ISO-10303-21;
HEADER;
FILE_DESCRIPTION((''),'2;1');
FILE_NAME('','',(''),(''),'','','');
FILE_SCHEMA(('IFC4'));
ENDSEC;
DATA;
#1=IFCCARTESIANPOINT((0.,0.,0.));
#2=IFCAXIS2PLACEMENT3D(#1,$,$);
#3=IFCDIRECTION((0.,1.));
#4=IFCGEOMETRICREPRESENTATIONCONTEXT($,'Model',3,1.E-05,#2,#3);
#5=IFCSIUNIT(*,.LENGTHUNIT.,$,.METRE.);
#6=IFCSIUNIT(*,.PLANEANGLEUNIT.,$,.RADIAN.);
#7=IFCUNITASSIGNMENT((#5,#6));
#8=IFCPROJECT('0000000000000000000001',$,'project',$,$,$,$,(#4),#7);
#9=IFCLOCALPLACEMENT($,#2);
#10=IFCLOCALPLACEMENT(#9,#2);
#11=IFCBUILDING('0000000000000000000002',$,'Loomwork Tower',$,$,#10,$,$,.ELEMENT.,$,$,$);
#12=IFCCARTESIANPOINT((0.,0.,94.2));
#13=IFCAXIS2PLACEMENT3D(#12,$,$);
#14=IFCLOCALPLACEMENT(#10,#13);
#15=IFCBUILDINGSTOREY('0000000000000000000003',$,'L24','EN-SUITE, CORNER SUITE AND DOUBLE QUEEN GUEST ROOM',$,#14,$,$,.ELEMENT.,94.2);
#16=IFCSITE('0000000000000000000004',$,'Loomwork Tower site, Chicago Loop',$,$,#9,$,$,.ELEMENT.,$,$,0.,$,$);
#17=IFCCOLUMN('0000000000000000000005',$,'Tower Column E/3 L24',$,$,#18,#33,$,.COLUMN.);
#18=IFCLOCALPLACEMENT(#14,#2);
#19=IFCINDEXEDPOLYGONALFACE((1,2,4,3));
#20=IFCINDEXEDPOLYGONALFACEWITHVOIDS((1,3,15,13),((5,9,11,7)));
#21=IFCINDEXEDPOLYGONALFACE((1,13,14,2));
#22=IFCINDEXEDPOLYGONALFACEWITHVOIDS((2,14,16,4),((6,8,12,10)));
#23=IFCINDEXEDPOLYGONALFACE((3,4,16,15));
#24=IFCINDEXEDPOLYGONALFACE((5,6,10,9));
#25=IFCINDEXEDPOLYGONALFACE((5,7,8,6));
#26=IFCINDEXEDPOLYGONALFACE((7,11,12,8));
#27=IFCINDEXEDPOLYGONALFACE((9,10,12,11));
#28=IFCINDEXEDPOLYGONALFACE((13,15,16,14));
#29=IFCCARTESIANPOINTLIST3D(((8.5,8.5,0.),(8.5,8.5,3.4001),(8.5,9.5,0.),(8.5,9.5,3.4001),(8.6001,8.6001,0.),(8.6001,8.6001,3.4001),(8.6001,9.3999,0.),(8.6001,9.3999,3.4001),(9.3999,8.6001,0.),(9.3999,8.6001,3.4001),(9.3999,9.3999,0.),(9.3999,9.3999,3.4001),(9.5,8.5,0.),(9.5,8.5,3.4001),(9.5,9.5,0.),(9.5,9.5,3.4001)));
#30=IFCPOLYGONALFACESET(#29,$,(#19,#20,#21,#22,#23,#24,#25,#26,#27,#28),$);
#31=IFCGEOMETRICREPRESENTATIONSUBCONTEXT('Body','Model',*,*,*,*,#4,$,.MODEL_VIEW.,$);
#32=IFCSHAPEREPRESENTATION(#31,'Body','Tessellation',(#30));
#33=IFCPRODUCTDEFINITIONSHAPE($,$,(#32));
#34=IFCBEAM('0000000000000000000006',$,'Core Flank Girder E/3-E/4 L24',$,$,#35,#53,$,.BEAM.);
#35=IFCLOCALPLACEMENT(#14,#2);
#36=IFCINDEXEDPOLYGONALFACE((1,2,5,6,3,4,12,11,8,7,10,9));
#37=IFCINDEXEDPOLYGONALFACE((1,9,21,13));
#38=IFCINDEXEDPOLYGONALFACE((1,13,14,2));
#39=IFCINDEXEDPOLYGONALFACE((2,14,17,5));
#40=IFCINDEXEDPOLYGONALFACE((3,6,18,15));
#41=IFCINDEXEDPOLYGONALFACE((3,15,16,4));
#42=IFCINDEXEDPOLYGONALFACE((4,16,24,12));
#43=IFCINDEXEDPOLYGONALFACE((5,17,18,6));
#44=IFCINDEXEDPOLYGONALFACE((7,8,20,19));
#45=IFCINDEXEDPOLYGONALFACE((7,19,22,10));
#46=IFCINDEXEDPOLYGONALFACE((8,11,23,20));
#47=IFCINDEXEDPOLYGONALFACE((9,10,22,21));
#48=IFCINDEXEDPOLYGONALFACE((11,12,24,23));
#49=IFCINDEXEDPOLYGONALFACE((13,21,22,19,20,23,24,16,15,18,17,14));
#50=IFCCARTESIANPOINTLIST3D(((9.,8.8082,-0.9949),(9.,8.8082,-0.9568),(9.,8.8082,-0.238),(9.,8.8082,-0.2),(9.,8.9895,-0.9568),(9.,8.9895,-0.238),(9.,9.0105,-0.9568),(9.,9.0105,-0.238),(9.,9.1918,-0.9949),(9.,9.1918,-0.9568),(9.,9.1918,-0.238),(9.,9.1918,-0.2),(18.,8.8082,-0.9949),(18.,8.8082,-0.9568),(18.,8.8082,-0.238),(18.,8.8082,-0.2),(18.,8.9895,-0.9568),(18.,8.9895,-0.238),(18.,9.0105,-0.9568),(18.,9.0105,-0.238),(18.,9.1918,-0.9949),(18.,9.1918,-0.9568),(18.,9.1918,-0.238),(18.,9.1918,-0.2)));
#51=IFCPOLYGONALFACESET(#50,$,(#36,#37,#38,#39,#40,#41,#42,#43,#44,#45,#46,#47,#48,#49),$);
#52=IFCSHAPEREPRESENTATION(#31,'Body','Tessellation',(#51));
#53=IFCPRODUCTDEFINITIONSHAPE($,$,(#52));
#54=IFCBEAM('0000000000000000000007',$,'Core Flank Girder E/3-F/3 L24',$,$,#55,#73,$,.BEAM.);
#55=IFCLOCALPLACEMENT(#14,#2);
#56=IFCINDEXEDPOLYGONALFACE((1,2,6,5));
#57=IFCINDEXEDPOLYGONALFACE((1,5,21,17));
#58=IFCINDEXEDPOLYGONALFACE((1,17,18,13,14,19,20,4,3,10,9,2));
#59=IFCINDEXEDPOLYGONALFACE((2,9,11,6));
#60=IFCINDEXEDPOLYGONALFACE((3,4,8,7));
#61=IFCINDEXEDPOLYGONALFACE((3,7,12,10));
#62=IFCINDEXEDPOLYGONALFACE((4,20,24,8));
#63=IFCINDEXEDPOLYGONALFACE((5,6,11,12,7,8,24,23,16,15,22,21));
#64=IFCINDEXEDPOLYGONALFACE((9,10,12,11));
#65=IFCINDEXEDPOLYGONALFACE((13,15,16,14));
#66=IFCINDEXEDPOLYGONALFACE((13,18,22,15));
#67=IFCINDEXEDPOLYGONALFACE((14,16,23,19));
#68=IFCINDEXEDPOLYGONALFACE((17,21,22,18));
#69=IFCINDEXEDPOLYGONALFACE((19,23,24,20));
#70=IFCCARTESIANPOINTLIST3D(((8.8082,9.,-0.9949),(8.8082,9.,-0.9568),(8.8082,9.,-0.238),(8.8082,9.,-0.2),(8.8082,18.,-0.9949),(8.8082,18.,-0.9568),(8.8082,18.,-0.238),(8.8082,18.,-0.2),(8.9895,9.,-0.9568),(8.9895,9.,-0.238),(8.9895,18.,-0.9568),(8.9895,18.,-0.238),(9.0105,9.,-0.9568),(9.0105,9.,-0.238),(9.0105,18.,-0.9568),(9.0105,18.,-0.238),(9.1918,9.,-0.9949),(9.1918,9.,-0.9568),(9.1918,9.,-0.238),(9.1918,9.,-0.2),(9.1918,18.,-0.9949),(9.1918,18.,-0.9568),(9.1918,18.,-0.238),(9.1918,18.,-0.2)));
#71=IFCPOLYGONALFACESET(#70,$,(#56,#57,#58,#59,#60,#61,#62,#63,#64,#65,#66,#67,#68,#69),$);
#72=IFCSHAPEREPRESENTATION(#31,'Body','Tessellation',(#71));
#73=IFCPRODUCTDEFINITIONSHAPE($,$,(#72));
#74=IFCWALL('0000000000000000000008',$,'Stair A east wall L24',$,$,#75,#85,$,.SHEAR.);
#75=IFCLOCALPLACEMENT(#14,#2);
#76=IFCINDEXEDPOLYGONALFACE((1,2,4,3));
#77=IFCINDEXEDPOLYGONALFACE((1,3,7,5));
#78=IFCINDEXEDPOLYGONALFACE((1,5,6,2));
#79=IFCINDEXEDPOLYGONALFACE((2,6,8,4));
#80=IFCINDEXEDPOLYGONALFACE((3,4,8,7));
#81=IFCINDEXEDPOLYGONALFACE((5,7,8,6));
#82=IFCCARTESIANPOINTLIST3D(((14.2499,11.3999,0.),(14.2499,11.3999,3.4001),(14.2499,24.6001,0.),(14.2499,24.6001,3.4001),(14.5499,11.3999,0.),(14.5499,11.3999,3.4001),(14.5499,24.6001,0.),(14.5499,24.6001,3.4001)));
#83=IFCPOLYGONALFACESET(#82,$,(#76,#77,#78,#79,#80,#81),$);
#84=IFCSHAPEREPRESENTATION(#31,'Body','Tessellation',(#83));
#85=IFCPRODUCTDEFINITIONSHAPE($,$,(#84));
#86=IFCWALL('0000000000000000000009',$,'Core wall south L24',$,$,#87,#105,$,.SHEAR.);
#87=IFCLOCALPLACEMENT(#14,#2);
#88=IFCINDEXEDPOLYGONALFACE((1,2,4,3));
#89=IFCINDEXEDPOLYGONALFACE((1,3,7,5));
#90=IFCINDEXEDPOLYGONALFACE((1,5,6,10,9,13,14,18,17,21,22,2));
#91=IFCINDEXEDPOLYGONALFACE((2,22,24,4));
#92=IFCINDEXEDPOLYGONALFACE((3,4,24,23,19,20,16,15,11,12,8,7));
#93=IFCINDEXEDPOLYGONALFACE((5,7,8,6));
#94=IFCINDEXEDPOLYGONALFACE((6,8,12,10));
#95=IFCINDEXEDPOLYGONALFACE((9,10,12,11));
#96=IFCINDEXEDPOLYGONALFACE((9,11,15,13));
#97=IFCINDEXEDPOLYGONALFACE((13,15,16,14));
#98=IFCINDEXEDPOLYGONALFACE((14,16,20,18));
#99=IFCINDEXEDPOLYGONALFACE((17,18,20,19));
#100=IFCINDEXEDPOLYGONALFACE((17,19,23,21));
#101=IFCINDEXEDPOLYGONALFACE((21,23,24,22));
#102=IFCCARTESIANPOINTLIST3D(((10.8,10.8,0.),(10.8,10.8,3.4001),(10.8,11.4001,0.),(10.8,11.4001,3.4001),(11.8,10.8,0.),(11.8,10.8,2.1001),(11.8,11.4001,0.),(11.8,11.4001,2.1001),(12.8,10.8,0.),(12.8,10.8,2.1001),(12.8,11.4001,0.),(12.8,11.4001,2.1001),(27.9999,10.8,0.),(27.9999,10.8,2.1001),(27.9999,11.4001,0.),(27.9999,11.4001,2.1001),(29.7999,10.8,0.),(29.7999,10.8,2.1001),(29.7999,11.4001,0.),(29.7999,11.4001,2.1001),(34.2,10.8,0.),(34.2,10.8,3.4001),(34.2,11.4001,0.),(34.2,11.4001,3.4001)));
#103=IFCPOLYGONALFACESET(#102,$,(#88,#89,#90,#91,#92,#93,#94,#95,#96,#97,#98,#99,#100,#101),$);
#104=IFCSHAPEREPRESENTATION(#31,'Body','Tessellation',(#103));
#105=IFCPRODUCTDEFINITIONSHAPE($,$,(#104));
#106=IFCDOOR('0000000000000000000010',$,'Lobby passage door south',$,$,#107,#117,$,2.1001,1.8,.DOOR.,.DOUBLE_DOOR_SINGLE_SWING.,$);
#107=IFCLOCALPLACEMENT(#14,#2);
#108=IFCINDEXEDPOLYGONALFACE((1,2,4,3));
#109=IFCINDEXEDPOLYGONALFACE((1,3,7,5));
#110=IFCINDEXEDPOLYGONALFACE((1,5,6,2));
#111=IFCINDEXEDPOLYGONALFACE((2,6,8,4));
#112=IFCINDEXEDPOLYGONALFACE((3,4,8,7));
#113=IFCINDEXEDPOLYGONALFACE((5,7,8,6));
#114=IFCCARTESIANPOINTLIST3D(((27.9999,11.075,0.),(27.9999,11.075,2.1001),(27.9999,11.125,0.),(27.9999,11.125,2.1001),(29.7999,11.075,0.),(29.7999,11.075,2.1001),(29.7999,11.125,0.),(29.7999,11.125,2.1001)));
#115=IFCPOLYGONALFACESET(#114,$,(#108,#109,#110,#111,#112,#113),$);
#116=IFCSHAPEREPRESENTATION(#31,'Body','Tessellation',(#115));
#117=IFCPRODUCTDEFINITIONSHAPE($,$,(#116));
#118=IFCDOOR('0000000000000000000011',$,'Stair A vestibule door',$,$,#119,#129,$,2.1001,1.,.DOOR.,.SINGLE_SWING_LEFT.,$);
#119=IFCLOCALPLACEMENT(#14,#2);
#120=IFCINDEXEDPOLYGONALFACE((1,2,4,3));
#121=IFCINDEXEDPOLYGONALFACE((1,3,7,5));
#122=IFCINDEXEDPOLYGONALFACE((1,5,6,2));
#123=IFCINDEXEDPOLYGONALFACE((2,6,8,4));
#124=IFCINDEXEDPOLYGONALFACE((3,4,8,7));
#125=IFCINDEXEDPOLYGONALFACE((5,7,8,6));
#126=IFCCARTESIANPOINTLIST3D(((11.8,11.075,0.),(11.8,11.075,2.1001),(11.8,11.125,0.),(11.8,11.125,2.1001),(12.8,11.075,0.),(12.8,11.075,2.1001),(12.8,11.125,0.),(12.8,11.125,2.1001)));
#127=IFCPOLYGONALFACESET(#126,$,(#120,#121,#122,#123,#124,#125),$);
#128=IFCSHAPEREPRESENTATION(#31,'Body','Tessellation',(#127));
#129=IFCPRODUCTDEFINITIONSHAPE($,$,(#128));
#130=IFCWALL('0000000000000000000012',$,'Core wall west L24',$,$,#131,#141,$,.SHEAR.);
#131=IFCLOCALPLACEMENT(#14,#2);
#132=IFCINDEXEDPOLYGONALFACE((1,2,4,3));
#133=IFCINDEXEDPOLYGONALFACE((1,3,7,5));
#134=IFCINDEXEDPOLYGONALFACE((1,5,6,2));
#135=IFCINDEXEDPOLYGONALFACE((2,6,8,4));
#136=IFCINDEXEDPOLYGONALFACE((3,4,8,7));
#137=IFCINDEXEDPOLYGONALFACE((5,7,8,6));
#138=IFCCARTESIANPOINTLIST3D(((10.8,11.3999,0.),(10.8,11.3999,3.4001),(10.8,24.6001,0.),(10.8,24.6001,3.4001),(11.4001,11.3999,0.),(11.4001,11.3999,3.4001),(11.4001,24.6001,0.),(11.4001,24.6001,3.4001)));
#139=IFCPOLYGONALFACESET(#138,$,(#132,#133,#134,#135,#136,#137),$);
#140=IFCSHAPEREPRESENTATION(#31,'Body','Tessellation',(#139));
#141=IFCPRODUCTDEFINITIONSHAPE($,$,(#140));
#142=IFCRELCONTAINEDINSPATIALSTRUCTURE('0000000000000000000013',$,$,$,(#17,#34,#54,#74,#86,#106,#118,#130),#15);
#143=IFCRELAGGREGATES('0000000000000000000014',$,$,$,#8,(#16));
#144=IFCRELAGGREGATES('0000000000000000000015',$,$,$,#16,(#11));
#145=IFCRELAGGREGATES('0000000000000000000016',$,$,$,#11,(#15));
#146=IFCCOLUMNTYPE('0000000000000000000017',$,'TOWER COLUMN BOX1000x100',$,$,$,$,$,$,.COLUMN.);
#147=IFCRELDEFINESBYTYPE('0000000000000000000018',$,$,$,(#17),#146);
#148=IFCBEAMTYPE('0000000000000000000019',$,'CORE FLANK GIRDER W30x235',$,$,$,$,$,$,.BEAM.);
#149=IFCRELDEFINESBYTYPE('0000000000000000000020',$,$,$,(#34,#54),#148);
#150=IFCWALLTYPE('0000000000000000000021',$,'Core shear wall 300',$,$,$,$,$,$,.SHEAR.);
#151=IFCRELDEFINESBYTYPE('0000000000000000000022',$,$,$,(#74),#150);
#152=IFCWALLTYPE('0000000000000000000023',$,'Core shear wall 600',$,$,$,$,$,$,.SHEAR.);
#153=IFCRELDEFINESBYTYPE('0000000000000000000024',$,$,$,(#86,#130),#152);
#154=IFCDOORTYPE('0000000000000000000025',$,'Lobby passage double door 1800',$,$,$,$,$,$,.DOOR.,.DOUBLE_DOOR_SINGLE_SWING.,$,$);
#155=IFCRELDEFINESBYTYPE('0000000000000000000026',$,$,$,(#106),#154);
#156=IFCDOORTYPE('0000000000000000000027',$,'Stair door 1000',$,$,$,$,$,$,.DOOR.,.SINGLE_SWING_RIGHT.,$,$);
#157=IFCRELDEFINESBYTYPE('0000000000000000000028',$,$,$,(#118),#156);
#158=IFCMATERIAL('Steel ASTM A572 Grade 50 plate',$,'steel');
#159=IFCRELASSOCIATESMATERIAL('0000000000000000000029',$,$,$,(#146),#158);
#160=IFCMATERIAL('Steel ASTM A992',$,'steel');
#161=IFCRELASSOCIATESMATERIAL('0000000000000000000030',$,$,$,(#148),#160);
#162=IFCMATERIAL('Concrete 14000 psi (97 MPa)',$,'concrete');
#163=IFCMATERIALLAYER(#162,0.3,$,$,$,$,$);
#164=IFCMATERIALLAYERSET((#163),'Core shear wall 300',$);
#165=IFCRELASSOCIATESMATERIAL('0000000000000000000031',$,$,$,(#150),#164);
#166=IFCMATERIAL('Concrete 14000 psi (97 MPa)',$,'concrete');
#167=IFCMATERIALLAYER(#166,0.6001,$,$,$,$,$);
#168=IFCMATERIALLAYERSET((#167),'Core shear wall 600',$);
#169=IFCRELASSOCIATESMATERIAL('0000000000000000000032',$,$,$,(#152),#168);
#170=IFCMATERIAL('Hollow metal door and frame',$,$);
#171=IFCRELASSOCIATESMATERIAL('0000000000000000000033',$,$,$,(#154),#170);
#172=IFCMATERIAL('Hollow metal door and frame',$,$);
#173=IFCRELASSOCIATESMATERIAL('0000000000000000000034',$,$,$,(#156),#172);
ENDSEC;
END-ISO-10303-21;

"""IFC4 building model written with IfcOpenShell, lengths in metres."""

from ifc_helpers import new_model, si_unit, direction, frame, frame_2d, origin, origin_2d, place, context, subcontext, project, spatial, rectangle, hollow_rectangle, i_section, extrude, material, layer, layer_set, material_profile, profile_set, type_object, element, fill, save


model = new_model("IFC4")

# Units and contexts
model_context = context("Model", 3, precision=1e-05, world=origin(), true_north=direction((0.0, 1.0)))
body_context = subcontext(model_context, "Body", "Model", "MODEL_VIEW")
ifc_project = project(units=[si_unit("LENGTHUNIT", "METRE"), si_unit("PLANEANGLEUNIT", "RADIAN")], contexts=[model_context])

# Site, building, storey
site_placement = place(None, origin())
site = spatial("IfcSite", under=ifc_project, at=site_placement, Name="Loomwork Tower site, Chicago Loop", CompositionType="ELEMENT", RefElevation=0.0)
building_placement = place(site_placement, origin())
building = spatial("IfcBuilding", under=site, at=building_placement, Name="Loomwork Tower", CompositionType="ELEMENT")
storey_placement = place(building_placement, frame((0.0, 0.0, 94.2)))
storey = spatial("IfcBuildingStorey", under=building, at=storey_placement, Name="L24", Description="EN-SUITE, CORNER SUITE AND DOUBLE QUEEN GUEST ROOM", CompositionType="ELEMENT", Elevation=94.2)

# Column
ifc_material_1 = material(Name="Steel ASTM A572 Grade 50 plate", Category="steel")
ifc_material_profile_1 = material_profile(ifc_material_1, hollow_rectangle(XDim=1.0, YDim=1.0, WallThickness=0.1001, at=origin_2d()), Name="BOX1000x100")
ifc_profile_set_1 = profile_set([ifc_material_profile_1], Name="Steel ASTM A572 Grade 50 plate")
column_type = type_object("IfcColumnType", Name="TOWER COLUMN BOX1000x100", PredefinedType="COLUMN", material=ifc_profile_set_1)
column_placement = place(storey_placement, frame((9.0, 9.0, 0.0), z_axis=(0.0, 0.0, 1.0), x_axis=(1.0, 0.0, 0.0)))
element("IfcColumn", 1, at=column_placement, inside=storey, type_object=column_type, Name="Tower Column E/3 L24", PredefinedType="COLUMN", context=body_context, shape_type="SweptSolid", body=[
    extrude(hollow_rectangle(XDim=1.0, YDim=1.0, WallThickness=0.1001, at=origin_2d()), origin(), (0.0, 0.0, 1.0), 3.4001),
])

# Beams
ifc_material_2 = material(Name="Steel ASTM A992", Category="steel")
ifc_material_profile_2 = material_profile(ifc_material_2, i_section(OverallWidth=0.3835, OverallDepth=0.7949, WebThickness=0.021, FlangeThickness=0.0381, at=origin_2d()), Name="W30x235")
ifc_profile_set_2 = profile_set([ifc_material_profile_2], Name="Steel ASTM A992")
beam_type = type_object("IfcBeamType", Name="CORE FLANK GIRDER W30x235", PredefinedType="BEAM", material=ifc_profile_set_2)
for number, where, z_axis, x_axis, name in (
    (2, (9.0, 9.0, -0.5974), (1.0, 0.0, 0.0), (0.0, 1.0, 0.0), "Core Flank Girder E/3-E/4 L24"),
    (3, (9.0, 9.0, -0.5974), (0.0, 1.0, 0.0), (-1.0, 0.0, 0.0), "Core Flank Girder E/3-F/3 L24"),
):
    element("IfcBeam", number, at=place(storey_placement, frame(where, z_axis=z_axis, x_axis=x_axis)), inside=storey, type_object=beam_type, Name=name, PredefinedType="BEAM", context=body_context, shape_type="SweptSolid", body=[
        extrude(i_section(OverallWidth=0.3835, OverallDepth=0.7949, WebThickness=0.021, FlangeThickness=0.0381, at=origin_2d()), origin(), (0.0, 0.0, 1.0), 9.0),
    ])

# Wall
ifc_material_3 = material(Name="Concrete 14000 psi (97 MPa)", Category="concrete")
ifc_layer_1 = layer(ifc_material_3, 0.3)
ifc_layer_set_1 = layer_set([ifc_layer_1], Name="Core shear wall 300")
wall_type_1 = type_object("IfcWallType", Name="Core shear wall 300", PredefinedType="SHEAR", material=ifc_layer_set_1)
wall_1_placement = place(storey_placement, frame((14.3999, 11.3999, 0.0), z_axis=(0.0, 0.0, 1.0), x_axis=(0.0, 1.0, 0.0)))
element("IfcWall", 4, at=wall_1_placement, inside=storey, type_object=wall_type_1, Name="Stair A east wall L24", PredefinedType="SHEAR", context=body_context, shape_type="SweptSolid", body=[
    extrude(rectangle(XDim=13.2002, YDim=0.3, at=frame_2d((6.6001, 0.0))), origin(), (0.0, 0.0, 1.0), 3.4001),
])

# Wall, openings, doors
ifc_material_4 = material(Name="Concrete 14000 psi (97 MPa)", Category="concrete")
ifc_layer_2 = layer(ifc_material_4, 0.6001)
ifc_layer_set_2 = layer_set([ifc_layer_2], Name="Core shear wall 600")
wall_type_2 = type_object("IfcWallType", Name="Core shear wall 600", PredefinedType="SHEAR", material=ifc_layer_set_2)
wall_2_placement = place(storey_placement, frame((10.8, 11.1001, 0.0), z_axis=(0.0, 0.0, 1.0), x_axis=(1.0, 0.0, 0.0)))
wall_2 = element("IfcWall", 5, at=wall_2_placement, inside=storey, type_object=wall_type_2, Name="Core wall south L24", PredefinedType="SHEAR", context=body_context, shape_type="SweptSolid", body=[
    extrude(rectangle(XDim=23.3999, YDim=0.6001, at=frame_2d((11.7, 0.0))), origin(), (0.0, 0.0, 1.0), 3.4001),
])
opening_1_placement = place(wall_2_placement, frame((1.0, 0.0, 0.0)))
opening_1 = element("IfcOpeningElement", 6, at=opening_1_placement, cuts=wall_2, PredefinedType="OPENING", context=body_context, shape_type="SweptSolid", body=[
    extrude(rectangle(XDim=1.0, YDim=2.1001, at=frame_2d((0.5, 1.05))), frame((0.0, 0.3101, 0.0), z_axis=(0.0, -1.0, 0.0), x_axis=(1.0, 0.0, 0.0)), (0.0, 0.0, 1.0), 0.6201),
])
opening_2_placement = place(wall_2_placement, frame((17.2, 0.0, 0.0)))
opening_2 = element("IfcOpeningElement", 7, at=opening_2_placement, cuts=wall_2, PredefinedType="OPENING", context=body_context, shape_type="SweptSolid", body=[
    extrude(rectangle(XDim=1.8, YDim=2.1001, at=frame_2d((0.8999, 1.05))), frame((0.0, 0.3101, 0.0), z_axis=(0.0, -1.0, 0.0), x_axis=(1.0, 0.0, 0.0)), (0.0, 0.0, 1.0), 0.6201),
])
ifc_material_5 = material(Name="Hollow metal door and frame")
door_type_1 = type_object("IfcDoorType", Name="Lobby passage double door 1800", OperationType="DOUBLE_DOOR_SINGLE_SWING", PredefinedType="DOOR", material=ifc_material_5)
door_1_placement = place(opening_2_placement, origin())
door_1 = element("IfcDoor", 8, at=door_1_placement, inside=storey, type_object=door_type_1, Name="Lobby passage door south", OperationType="DOUBLE_DOOR_SINGLE_SWING", OverallHeight=2.1001, OverallWidth=1.8, PredefinedType="DOOR", context=body_context, shape_type="SweptSolid", body=[
    extrude(rectangle(XDim=1.8, YDim=2.1001, at=frame_2d((0.8999, 1.05))), frame((0.0, 0.0249, 0.0), z_axis=(0.0, -1.0, 0.0), x_axis=(1.0, 0.0, 0.0)), (0.0, 0.0, 1.0), 0.05),
])
fill(opening_2, door_1)
ifc_material_6 = material(Name="Hollow metal door and frame")
door_type_2 = type_object("IfcDoorType", Name="Stair door 1000", OperationType="SINGLE_SWING_RIGHT", PredefinedType="DOOR", material=ifc_material_6)
door_2_placement = place(opening_1_placement, origin())
door_2 = element("IfcDoor", 9, at=door_2_placement, inside=storey, type_object=door_type_2, Name="Stair A vestibule door", OperationType="SINGLE_SWING_LEFT", OverallHeight=2.1001, OverallWidth=1.0, PredefinedType="DOOR", context=body_context, shape_type="SweptSolid", body=[
    extrude(rectangle(XDim=1.0, YDim=2.1001, at=frame_2d((0.5, 1.05))), frame((0.0, 0.0249, 0.0), z_axis=(0.0, -1.0, 0.0), x_axis=(1.0, 0.0, 0.0)), (0.0, 0.0, 1.0), 0.05),
])
fill(opening_1, door_2)

# Wall
wall_3_placement = place(storey_placement, frame((11.1001, 11.3999, 0.0), z_axis=(0.0, 0.0, 1.0), x_axis=(0.0, 1.0, 0.0)))
element("IfcWall", 10, at=wall_3_placement, inside=storey, type_object=wall_type_2, Name="Core wall west L24", PredefinedType="SHEAR", context=body_context, shape_type="SweptSolid", body=[
    extrude(rectangle(XDim=13.2002, YDim=0.6001, at=frame_2d((6.6001, 0.0))), origin(), (0.0, 0.0, 1.0), 3.4001),
])

save(model, "model.ifc")
